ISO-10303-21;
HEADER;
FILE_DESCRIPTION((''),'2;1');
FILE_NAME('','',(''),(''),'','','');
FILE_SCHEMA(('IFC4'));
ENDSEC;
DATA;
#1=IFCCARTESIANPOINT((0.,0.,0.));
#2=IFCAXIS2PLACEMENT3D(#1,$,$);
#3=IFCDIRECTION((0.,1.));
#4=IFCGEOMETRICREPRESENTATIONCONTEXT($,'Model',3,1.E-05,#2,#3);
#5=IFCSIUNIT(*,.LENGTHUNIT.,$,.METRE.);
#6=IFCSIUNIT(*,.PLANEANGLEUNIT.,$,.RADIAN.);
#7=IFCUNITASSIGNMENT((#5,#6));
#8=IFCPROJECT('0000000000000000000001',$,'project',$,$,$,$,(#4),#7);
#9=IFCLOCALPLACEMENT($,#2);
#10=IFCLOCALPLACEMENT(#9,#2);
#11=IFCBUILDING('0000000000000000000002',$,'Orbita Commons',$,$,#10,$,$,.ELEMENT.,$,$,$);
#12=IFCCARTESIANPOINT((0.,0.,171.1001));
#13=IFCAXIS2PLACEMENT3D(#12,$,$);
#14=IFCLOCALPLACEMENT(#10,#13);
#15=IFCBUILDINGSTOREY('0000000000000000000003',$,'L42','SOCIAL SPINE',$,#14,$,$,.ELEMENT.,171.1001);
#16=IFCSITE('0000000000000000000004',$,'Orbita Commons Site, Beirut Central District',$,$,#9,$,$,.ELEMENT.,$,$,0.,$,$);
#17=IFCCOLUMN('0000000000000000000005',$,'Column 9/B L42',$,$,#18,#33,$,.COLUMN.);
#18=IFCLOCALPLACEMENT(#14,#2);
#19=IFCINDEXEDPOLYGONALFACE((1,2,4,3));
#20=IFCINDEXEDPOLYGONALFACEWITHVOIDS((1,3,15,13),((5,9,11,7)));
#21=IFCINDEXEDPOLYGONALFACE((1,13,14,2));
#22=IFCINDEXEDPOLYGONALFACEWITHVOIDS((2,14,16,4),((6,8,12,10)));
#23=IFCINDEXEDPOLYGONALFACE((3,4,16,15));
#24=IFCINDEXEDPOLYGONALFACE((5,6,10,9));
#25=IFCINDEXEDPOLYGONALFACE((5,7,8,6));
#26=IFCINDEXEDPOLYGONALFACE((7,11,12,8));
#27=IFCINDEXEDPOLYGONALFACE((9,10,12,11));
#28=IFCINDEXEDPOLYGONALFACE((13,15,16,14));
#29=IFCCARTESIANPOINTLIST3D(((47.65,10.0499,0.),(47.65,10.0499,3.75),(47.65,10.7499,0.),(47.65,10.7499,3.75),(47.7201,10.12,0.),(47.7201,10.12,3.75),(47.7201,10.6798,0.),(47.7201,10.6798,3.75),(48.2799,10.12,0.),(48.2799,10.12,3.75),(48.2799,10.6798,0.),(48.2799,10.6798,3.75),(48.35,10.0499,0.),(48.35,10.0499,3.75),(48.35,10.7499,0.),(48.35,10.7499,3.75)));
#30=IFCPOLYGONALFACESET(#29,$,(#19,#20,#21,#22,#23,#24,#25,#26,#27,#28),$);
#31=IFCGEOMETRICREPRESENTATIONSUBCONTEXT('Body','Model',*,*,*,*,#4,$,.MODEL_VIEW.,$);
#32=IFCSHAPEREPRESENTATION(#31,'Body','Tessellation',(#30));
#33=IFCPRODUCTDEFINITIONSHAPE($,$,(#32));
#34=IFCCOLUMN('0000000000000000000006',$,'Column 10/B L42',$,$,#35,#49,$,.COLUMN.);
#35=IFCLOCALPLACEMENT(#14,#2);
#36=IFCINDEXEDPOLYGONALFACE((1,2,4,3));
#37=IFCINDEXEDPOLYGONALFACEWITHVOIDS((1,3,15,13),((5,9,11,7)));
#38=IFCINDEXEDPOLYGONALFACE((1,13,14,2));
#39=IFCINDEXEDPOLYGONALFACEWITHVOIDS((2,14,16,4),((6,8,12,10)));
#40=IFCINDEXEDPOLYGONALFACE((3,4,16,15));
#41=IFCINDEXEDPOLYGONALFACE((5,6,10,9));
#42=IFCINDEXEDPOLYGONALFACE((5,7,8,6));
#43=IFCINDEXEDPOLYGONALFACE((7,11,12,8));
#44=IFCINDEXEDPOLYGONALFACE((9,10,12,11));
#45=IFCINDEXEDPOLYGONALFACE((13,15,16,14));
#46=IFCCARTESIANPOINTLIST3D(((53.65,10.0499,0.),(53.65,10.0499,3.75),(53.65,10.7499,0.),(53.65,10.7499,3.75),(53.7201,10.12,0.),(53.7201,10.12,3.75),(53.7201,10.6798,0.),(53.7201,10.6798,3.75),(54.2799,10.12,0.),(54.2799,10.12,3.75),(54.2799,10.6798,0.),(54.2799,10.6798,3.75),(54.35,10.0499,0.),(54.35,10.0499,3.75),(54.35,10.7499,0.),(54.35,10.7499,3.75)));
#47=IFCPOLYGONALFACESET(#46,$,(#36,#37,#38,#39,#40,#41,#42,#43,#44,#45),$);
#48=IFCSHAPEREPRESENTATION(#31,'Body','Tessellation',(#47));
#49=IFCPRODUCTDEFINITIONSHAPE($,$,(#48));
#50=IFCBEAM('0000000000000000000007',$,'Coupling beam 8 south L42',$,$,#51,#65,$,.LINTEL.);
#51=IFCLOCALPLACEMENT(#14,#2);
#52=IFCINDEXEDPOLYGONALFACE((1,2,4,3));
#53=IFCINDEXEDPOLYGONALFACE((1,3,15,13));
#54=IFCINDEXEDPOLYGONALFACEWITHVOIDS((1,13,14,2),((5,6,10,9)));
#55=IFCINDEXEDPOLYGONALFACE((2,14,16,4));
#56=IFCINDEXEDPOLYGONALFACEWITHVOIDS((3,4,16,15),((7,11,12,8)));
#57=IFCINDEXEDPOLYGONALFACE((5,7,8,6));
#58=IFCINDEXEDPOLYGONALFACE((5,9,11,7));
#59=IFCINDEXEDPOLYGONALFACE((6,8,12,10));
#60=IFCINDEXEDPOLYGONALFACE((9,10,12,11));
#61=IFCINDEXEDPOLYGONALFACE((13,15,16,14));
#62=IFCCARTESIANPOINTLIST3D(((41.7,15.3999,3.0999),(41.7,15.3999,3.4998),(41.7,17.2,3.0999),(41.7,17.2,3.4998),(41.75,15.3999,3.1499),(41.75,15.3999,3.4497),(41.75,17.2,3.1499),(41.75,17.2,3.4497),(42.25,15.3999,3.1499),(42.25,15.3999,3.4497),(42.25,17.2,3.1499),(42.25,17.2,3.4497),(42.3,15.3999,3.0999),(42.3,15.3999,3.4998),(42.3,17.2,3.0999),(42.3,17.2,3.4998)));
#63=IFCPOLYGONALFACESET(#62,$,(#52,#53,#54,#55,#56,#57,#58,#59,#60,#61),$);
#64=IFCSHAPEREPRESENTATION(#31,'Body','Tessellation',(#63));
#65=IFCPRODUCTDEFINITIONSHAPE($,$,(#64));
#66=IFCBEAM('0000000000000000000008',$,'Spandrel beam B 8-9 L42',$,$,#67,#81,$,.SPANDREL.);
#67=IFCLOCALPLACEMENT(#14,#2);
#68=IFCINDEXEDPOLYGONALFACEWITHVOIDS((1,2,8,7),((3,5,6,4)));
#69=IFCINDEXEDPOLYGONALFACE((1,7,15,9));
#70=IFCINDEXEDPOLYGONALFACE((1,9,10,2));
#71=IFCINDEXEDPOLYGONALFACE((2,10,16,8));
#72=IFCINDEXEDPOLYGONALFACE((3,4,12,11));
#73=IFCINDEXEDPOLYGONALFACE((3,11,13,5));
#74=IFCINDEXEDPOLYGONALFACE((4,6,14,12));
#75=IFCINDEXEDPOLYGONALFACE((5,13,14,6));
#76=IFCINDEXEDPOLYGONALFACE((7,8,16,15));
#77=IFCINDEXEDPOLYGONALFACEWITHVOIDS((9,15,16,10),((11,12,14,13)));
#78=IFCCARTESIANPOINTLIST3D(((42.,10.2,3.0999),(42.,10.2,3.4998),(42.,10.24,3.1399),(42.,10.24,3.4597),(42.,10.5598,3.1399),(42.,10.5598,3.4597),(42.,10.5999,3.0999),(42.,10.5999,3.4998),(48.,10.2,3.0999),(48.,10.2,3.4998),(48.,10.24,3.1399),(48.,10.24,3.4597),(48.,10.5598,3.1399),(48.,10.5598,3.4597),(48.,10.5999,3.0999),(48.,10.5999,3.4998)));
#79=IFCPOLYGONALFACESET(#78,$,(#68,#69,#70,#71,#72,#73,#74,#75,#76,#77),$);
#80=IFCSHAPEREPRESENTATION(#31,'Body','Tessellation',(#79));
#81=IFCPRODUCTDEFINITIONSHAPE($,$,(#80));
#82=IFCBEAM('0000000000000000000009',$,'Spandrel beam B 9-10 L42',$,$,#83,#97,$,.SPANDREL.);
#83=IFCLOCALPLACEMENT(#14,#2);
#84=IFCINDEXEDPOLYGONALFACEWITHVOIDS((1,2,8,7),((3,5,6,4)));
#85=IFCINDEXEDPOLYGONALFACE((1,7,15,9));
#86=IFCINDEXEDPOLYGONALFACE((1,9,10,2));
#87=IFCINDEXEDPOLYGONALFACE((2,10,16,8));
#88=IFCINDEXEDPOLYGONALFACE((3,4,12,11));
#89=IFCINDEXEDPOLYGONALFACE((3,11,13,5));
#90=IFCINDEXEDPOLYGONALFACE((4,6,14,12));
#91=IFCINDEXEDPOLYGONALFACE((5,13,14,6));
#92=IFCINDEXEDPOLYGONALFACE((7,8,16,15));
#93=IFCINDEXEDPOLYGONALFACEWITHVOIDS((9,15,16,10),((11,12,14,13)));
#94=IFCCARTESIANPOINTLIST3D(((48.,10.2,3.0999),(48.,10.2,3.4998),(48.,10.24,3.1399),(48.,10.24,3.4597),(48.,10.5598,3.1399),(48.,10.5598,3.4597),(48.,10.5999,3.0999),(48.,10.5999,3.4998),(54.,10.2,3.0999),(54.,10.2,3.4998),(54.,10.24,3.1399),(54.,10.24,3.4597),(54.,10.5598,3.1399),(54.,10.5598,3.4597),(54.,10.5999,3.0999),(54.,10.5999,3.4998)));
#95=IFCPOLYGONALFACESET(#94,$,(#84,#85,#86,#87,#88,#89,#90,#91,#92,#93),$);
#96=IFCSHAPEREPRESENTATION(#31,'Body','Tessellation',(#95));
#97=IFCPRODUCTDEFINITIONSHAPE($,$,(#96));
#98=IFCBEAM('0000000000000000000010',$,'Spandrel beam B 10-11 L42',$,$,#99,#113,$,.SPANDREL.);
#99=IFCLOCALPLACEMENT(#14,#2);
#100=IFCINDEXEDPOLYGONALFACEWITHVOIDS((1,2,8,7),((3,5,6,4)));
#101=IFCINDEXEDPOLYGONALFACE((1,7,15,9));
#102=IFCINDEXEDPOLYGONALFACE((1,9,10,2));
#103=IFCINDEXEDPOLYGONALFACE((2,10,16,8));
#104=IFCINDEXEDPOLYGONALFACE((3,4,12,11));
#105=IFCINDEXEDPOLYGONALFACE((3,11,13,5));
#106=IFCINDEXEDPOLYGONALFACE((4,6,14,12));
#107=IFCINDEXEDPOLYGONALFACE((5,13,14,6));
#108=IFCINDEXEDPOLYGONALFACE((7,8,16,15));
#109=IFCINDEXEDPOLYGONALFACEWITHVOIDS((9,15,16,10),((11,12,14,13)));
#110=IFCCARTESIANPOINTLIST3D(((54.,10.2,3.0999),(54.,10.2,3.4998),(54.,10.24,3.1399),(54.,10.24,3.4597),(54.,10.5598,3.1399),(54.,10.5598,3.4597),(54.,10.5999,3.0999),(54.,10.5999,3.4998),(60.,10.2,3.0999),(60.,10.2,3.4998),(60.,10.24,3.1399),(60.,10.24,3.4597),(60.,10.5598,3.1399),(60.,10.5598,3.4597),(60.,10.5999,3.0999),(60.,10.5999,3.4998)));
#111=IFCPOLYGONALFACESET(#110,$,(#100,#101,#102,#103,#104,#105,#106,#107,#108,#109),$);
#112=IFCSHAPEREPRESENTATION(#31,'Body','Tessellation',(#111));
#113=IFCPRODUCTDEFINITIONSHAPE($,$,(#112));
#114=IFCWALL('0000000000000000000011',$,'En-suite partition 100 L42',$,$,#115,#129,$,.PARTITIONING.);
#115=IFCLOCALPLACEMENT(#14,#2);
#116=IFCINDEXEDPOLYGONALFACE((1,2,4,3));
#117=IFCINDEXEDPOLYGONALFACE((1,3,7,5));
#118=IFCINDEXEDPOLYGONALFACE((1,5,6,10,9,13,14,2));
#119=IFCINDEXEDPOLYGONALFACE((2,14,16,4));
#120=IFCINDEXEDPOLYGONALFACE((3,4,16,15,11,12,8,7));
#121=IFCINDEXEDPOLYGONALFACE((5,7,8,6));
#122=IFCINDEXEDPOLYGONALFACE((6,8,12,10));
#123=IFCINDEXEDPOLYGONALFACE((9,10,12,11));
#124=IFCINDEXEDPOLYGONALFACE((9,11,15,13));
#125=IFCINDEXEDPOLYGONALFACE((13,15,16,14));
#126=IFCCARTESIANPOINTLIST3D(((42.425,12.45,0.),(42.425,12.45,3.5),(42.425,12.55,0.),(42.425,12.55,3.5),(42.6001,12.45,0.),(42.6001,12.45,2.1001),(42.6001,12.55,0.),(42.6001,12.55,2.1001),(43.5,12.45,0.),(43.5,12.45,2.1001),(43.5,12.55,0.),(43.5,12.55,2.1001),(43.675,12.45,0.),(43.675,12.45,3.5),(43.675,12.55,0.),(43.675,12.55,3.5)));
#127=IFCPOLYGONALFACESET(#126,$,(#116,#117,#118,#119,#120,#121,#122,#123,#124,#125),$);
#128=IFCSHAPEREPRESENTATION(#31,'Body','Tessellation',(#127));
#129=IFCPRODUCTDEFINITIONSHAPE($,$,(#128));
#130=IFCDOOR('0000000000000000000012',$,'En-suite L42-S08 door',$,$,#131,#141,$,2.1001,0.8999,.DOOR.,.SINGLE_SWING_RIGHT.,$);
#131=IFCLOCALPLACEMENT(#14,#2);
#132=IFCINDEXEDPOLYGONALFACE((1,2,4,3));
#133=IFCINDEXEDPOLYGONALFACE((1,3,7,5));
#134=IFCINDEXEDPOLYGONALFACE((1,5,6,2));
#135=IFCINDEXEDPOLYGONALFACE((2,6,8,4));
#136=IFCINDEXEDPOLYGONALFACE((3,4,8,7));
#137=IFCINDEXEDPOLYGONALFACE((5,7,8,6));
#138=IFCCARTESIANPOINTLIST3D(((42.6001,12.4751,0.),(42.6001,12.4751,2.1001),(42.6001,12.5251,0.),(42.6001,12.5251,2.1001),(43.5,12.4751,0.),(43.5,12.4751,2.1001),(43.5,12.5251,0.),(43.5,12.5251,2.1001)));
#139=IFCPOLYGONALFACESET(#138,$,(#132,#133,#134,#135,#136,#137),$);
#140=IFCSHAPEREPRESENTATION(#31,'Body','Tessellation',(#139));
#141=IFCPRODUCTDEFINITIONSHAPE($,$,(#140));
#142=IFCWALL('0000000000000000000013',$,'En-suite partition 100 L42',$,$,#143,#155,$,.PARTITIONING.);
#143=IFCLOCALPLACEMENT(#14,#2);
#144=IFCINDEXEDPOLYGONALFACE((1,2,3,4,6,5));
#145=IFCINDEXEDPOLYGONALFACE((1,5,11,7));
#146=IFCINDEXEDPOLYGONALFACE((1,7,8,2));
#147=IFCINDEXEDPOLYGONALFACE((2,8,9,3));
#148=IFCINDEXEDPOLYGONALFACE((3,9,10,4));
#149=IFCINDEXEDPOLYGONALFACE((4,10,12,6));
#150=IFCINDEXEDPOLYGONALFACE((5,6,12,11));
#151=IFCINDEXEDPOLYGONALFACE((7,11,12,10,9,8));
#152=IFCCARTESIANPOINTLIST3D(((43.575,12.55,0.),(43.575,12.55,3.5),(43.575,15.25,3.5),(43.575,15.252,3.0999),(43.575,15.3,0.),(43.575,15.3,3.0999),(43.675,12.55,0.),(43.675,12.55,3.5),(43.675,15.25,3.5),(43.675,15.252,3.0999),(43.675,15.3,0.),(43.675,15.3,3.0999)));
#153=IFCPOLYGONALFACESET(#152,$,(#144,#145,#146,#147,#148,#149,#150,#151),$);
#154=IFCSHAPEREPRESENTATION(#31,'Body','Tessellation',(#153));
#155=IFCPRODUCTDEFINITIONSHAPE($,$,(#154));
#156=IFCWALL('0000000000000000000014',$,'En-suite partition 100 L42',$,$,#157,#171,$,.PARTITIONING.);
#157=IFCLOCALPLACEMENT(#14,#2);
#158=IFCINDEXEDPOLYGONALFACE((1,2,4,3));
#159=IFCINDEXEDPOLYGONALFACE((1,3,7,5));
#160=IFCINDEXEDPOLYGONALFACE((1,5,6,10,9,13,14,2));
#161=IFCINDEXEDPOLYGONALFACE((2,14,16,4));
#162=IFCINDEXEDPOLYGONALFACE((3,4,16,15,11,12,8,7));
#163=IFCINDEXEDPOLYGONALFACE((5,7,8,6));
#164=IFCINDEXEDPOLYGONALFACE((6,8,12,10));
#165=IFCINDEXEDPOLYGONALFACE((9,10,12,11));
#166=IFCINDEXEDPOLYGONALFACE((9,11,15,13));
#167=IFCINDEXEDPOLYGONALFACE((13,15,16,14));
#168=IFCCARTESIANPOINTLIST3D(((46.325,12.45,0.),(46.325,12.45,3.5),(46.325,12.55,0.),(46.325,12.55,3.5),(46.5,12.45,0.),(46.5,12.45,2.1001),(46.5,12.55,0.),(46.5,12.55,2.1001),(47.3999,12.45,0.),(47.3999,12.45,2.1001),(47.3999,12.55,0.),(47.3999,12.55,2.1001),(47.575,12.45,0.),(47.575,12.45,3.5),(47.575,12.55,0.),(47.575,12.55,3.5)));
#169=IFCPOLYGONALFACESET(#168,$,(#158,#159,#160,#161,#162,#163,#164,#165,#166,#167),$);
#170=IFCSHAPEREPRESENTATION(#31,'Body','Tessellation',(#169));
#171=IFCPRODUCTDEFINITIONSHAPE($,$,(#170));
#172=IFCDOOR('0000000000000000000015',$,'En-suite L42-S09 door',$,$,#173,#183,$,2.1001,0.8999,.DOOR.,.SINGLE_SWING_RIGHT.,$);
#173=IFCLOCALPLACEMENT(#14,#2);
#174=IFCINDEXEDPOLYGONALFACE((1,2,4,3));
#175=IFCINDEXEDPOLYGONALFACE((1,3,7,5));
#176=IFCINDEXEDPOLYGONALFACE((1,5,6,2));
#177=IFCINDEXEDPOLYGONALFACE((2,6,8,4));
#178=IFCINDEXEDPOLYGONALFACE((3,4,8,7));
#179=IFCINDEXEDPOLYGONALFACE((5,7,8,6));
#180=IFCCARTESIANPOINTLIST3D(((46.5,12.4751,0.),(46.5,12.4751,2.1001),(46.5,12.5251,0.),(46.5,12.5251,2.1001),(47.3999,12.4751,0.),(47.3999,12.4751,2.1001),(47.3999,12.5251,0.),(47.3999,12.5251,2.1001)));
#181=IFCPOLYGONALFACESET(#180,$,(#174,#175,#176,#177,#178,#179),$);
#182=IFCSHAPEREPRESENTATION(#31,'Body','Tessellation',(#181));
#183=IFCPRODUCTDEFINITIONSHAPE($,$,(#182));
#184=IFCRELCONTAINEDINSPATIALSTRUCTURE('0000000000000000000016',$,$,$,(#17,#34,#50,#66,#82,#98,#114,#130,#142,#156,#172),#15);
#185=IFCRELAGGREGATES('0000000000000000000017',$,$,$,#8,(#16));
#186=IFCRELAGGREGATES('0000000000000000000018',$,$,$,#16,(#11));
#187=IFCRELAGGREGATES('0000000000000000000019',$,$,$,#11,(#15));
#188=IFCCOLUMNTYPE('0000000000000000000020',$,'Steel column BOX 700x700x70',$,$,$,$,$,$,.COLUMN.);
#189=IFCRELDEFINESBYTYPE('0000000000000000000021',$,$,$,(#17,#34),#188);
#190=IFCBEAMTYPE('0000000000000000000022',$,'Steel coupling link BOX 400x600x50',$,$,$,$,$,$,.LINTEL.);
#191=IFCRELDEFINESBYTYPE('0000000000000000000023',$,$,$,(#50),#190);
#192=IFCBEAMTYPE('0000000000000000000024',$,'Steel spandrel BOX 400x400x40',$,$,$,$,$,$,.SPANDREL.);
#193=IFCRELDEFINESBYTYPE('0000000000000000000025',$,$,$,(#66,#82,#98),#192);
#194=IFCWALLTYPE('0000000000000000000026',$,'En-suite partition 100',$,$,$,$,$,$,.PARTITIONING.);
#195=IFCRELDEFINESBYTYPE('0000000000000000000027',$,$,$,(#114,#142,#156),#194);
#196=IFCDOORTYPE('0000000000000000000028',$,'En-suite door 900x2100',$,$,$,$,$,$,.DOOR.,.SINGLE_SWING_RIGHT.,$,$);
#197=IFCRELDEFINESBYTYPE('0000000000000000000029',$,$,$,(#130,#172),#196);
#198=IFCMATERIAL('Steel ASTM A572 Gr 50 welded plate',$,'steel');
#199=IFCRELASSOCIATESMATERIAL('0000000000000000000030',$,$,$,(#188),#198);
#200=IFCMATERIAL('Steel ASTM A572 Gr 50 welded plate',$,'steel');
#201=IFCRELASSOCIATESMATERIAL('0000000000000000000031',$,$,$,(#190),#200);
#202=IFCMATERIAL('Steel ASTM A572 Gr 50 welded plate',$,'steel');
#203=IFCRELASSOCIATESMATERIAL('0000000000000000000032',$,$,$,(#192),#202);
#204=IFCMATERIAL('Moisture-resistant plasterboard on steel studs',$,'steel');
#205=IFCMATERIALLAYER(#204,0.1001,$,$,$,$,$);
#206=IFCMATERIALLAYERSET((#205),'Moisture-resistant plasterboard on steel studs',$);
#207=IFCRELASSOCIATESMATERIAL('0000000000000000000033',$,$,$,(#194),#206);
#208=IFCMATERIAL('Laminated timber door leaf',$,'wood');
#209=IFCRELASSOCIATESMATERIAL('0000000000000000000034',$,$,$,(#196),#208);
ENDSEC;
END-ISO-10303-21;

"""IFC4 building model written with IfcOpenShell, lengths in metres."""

from ifc_helpers import new_model, si_unit, direction, frame, frame_2d, origin, origin_2d, place, context, subcontext, project, spatial, polyline, rectangle, hollow_rectangle, outline, extrude, material, layer, layer_set, material_profile, profile_set, type_object, element, fill, save


model = new_model("IFC4")

# Units and contexts
model_context = context("Model", 3, precision=1e-05, world=origin(), true_north=direction((0.0, 1.0)))
body_context = subcontext(model_context, "Body", "Model", "MODEL_VIEW")
ifc_project = project(units=[si_unit("LENGTHUNIT", "METRE"), si_unit("PLANEANGLEUNIT", "RADIAN")], contexts=[model_context])

# Site, building, storey
site_placement = place(None, origin())
site = spatial("IfcSite", under=ifc_project, at=site_placement, Name="Orbita Commons Site, Beirut Central District", CompositionType="ELEMENT", RefElevation=0.0)
building_placement = place(site_placement, origin())
building = spatial("IfcBuilding", under=site, at=building_placement, Name="Orbita Commons", CompositionType="ELEMENT")
storey_placement = place(building_placement, frame((0.0, 0.0, 171.1001)))
storey = spatial("IfcBuildingStorey", under=building, at=storey_placement, Name="L42", Description="SOCIAL SPINE", CompositionType="ELEMENT", Elevation=171.1001)

# Columns
ifc_material_1 = material(Name="Steel ASTM A572 Gr 50 welded plate", Category="steel")
ifc_material_profile_1 = material_profile(ifc_material_1, hollow_rectangle(XDim=0.7, YDim=0.7, WallThickness=0.0701, at=origin_2d()), Name="BOX 700x700x70")
ifc_profile_set_1 = profile_set([ifc_material_profile_1], Name="Steel ASTM A572 Gr 50 welded plate")
column_type = type_object("IfcColumnType", Name="Steel column BOX 700x700x70", PredefinedType="COLUMN", material=ifc_profile_set_1)
for number, where, z_axis, x_axis, name in (
    (1, (48.0, 10.3999, 0.0), (0.0, 0.0, 1.0), (1.0, 0.0, 0.0), "Column 9/B L42"),
    (2, (54.0, 10.3999, 0.0), (0.0, 0.0, 1.0), (1.0, 0.0, 0.0), "Column 10/B L42"),
):
    element("IfcColumn", number, at=place(storey_placement, frame(where, z_axis=z_axis, x_axis=x_axis)), inside=storey, type_object=column_type, Name=name, PredefinedType="COLUMN", context=body_context, shape_type="SweptSolid", body=[
        extrude(hollow_rectangle(XDim=0.7, YDim=0.7, WallThickness=0.0701, at=origin_2d()), origin(), (0.0, 0.0, 1.0), 3.75),
    ])

# Beams
ifc_material_2 = material(Name="Steel ASTM A572 Gr 50 welded plate", Category="steel")
ifc_material_profile_2 = material_profile(ifc_material_2, hollow_rectangle(XDim=0.6001, YDim=0.3999, WallThickness=0.05, at=origin_2d()), Name="BOX 400x600x50")
ifc_profile_set_2 = profile_set([ifc_material_profile_2], Name="Steel ASTM A572 Gr 50 welded plate")
beam_type_1 = type_object("IfcBeamType", Name="Steel coupling link BOX 400x600x50", PredefinedType="LINTEL", material=ifc_profile_set_2)
beam_placement = place(storey_placement, frame((42.0, 15.3999, 3.2998), z_axis=(0.0, 1.0, 0.0), x_axis=(-1.0, 0.0, 0.0)))
element("IfcBeam", 3, at=beam_placement, inside=storey, type_object=beam_type_1, Name="Coupling beam 8 south L42", PredefinedType="LINTEL", context=body_context, shape_type="SweptSolid", body=[
    extrude(hollow_rectangle(XDim=0.6001, YDim=0.3999, WallThickness=0.05, at=origin_2d()), origin(), (0.0, 0.0, 1.0), 1.8),
])
ifc_material_3 = material(Name="Steel ASTM A572 Gr 50 welded plate", Category="steel")
ifc_material_profile_3 = material_profile(ifc_material_3, hollow_rectangle(XDim=0.3999, YDim=0.3999, WallThickness=0.04, at=origin_2d()), Name="BOX 400x400x40")
ifc_profile_set_3 = profile_set([ifc_material_profile_3], Name="Steel ASTM A572 Gr 50 welded plate")
beam_type_2 = type_object("IfcBeamType", Name="Steel spandrel BOX 400x400x40", PredefinedType="SPANDREL", material=ifc_profile_set_3)
for number, where, z_axis, x_axis, name in (
    (4, (42.0, 10.3999, 3.2998), (1.0, 0.0, 0.0), (0.0, 1.0, 0.0), "Spandrel beam B 8-9 L42"),
    (5, (48.0, 10.3999, 3.2998), (1.0, 0.0, 0.0), (0.0, 1.0, 0.0), "Spandrel beam B 9-10 L42"),
    (6, (54.0, 10.3999, 3.2998), (1.0, 0.0, 0.0), (0.0, 1.0, 0.0), "Spandrel beam B 10-11 L42"),
):
    element("IfcBeam", number, at=place(storey_placement, frame(where, z_axis=z_axis, x_axis=x_axis)), inside=storey, type_object=beam_type_2, Name=name, PredefinedType="SPANDREL", context=body_context, shape_type="SweptSolid", body=[
        extrude(hollow_rectangle(XDim=0.3999, YDim=0.3999, WallThickness=0.04, at=origin_2d()), origin(), (0.0, 0.0, 1.0), 6.0),
    ])

# Wall, opening, door
ifc_material_4 = material(Name="Moisture-resistant plasterboard on steel studs", Category="steel")
ifc_layer = layer(ifc_material_4, 0.1001)
ifc_layer_set = layer_set([ifc_layer], Name="Moisture-resistant plasterboard on steel studs")
wall_type = type_object("IfcWallType", Name="En-suite partition 100", PredefinedType="PARTITIONING", material=ifc_layer_set)
wall_1_placement = place(storey_placement, frame((43.675, 12.5, 0.0), z_axis=(0.0, 0.0, 1.0), x_axis=(-1.0, 0.0, 0.0)))
wall_1 = element("IfcWall", 7, at=wall_1_placement, inside=storey, type_object=wall_type, Name="En-suite partition 100 L42", PredefinedType="PARTITIONING", context=body_context, shape_type="SweptSolid", body=[
    extrude(rectangle(XDim=1.25, YDim=0.1001, at=frame_2d((0.625, 0.0))), origin(), (0.0, 0.0, 1.0), 3.5),
])
opening_1_placement = place(wall_1_placement, frame((0.175, 0.0, 0.0)))
opening_1 = element("IfcOpeningElement", 8, at=opening_1_placement, cuts=wall_1, PredefinedType="OPENING", context=body_context, shape_type="SweptSolid", body=[
    extrude(rectangle(XDim=0.8999, YDim=2.1001, at=frame_2d((0.45, 1.05))), frame((0.0, 0.0601, 0.0), z_axis=(0.0, -1.0, 0.0), x_axis=(1.0, 0.0, 0.0)), (0.0, 0.0, 1.0), 0.1201),
])
ifc_material_5 = material(Name="Laminated timber door leaf", Category="wood")
door_type = type_object("IfcDoorType", Name="En-suite door 900x2100", OperationType="SINGLE_SWING_RIGHT", PredefinedType="DOOR", material=ifc_material_5)
door_1_placement = place(opening_1_placement, origin())
door_1 = element("IfcDoor", 9, at=door_1_placement, inside=storey, type_object=door_type, Name="En-suite L42-S08 door", OperationType="SINGLE_SWING_RIGHT", OverallHeight=2.1001, OverallWidth=0.8999, PredefinedType="DOOR", context=body_context, shape_type="SweptSolid", body=[
    extrude(rectangle(XDim=0.8999, YDim=2.1001, at=frame_2d((0.45, 1.05))), frame((0.0, 0.0249, 0.0), z_axis=(0.0, -1.0, 0.0), x_axis=(1.0, 0.0, 0.0)), (0.0, 0.0, 1.0), 0.05),
])
fill(opening_1, door_1)

# Wall
wall_2_placement = place(storey_placement, frame((43.625, 12.55, 0.0), z_axis=(0.0, 0.0, 1.0), x_axis=(0.0, 1.0, 0.0)))
element("IfcWall", 10, at=wall_2_placement, inside=storey, type_object=wall_type, Name="En-suite partition 100 L42", PredefinedType="PARTITIONING", context=body_context, shape_type="SweptSolid", body=[
    extrude(outline(polyline([(0.0, 0.0), (2.75, 0.0), (2.75, 3.0999), (2.7019, 3.0999), (2.7, 3.5), (0.0, 3.5), (0.0, 0.0)])), frame((0.0, 0.05, 0.0), z_axis=(0.0, -1.0, 0.0), x_axis=(1.0, 0.0, 0.0)), (0.0, 0.0, 1.0), 0.1001),
])

# Wall, opening, door
wall_3_placement = place(storey_placement, frame((47.575, 12.5, 0.0), z_axis=(0.0, 0.0, 1.0), x_axis=(-1.0, 0.0, 0.0)))
wall_3 = element("IfcWall", 11, at=wall_3_placement, inside=storey, type_object=wall_type, Name="En-suite partition 100 L42", PredefinedType="PARTITIONING", context=body_context, shape_type="SweptSolid", body=[
    extrude(rectangle(XDim=1.25, YDim=0.1001, at=frame_2d((0.625, 0.0))), origin(), (0.0, 0.0, 1.0), 3.5),
])
opening_2_placement = place(wall_3_placement, frame((0.175, 0.0, 0.0)))
opening_2 = element("IfcOpeningElement", 12, at=opening_2_placement, cuts=wall_3, PredefinedType="OPENING", context=body_context, shape_type="SweptSolid", body=[
    extrude(rectangle(XDim=0.8999, YDim=2.1001, at=frame_2d((0.45, 1.05))), frame((0.0, 0.0601, 0.0), z_axis=(0.0, -1.0, 0.0), x_axis=(1.0, 0.0, 0.0)), (0.0, 0.0, 1.0), 0.1201),
])
door_2_placement = place(opening_2_placement, origin())
door_2 = element("IfcDoor", 13, at=door_2_placement, inside=storey, type_object=door_type, Name="En-suite L42-S09 door", OperationType="SINGLE_SWING_RIGHT", OverallHeight=2.1001, OverallWidth=0.8999, PredefinedType="DOOR", context=body_context, shape_type="SweptSolid", body=[
    extrude(rectangle(XDim=0.8999, YDim=2.1001, at=frame_2d((0.45, 1.05))), frame((0.0, 0.0249, 0.0), z_axis=(0.0, -1.0, 0.0), x_axis=(1.0, 0.0, 0.0)), (0.0, 0.0, 1.0), 0.05),
])
fill(opening_2, door_2)

save(model, "model.ifc")
